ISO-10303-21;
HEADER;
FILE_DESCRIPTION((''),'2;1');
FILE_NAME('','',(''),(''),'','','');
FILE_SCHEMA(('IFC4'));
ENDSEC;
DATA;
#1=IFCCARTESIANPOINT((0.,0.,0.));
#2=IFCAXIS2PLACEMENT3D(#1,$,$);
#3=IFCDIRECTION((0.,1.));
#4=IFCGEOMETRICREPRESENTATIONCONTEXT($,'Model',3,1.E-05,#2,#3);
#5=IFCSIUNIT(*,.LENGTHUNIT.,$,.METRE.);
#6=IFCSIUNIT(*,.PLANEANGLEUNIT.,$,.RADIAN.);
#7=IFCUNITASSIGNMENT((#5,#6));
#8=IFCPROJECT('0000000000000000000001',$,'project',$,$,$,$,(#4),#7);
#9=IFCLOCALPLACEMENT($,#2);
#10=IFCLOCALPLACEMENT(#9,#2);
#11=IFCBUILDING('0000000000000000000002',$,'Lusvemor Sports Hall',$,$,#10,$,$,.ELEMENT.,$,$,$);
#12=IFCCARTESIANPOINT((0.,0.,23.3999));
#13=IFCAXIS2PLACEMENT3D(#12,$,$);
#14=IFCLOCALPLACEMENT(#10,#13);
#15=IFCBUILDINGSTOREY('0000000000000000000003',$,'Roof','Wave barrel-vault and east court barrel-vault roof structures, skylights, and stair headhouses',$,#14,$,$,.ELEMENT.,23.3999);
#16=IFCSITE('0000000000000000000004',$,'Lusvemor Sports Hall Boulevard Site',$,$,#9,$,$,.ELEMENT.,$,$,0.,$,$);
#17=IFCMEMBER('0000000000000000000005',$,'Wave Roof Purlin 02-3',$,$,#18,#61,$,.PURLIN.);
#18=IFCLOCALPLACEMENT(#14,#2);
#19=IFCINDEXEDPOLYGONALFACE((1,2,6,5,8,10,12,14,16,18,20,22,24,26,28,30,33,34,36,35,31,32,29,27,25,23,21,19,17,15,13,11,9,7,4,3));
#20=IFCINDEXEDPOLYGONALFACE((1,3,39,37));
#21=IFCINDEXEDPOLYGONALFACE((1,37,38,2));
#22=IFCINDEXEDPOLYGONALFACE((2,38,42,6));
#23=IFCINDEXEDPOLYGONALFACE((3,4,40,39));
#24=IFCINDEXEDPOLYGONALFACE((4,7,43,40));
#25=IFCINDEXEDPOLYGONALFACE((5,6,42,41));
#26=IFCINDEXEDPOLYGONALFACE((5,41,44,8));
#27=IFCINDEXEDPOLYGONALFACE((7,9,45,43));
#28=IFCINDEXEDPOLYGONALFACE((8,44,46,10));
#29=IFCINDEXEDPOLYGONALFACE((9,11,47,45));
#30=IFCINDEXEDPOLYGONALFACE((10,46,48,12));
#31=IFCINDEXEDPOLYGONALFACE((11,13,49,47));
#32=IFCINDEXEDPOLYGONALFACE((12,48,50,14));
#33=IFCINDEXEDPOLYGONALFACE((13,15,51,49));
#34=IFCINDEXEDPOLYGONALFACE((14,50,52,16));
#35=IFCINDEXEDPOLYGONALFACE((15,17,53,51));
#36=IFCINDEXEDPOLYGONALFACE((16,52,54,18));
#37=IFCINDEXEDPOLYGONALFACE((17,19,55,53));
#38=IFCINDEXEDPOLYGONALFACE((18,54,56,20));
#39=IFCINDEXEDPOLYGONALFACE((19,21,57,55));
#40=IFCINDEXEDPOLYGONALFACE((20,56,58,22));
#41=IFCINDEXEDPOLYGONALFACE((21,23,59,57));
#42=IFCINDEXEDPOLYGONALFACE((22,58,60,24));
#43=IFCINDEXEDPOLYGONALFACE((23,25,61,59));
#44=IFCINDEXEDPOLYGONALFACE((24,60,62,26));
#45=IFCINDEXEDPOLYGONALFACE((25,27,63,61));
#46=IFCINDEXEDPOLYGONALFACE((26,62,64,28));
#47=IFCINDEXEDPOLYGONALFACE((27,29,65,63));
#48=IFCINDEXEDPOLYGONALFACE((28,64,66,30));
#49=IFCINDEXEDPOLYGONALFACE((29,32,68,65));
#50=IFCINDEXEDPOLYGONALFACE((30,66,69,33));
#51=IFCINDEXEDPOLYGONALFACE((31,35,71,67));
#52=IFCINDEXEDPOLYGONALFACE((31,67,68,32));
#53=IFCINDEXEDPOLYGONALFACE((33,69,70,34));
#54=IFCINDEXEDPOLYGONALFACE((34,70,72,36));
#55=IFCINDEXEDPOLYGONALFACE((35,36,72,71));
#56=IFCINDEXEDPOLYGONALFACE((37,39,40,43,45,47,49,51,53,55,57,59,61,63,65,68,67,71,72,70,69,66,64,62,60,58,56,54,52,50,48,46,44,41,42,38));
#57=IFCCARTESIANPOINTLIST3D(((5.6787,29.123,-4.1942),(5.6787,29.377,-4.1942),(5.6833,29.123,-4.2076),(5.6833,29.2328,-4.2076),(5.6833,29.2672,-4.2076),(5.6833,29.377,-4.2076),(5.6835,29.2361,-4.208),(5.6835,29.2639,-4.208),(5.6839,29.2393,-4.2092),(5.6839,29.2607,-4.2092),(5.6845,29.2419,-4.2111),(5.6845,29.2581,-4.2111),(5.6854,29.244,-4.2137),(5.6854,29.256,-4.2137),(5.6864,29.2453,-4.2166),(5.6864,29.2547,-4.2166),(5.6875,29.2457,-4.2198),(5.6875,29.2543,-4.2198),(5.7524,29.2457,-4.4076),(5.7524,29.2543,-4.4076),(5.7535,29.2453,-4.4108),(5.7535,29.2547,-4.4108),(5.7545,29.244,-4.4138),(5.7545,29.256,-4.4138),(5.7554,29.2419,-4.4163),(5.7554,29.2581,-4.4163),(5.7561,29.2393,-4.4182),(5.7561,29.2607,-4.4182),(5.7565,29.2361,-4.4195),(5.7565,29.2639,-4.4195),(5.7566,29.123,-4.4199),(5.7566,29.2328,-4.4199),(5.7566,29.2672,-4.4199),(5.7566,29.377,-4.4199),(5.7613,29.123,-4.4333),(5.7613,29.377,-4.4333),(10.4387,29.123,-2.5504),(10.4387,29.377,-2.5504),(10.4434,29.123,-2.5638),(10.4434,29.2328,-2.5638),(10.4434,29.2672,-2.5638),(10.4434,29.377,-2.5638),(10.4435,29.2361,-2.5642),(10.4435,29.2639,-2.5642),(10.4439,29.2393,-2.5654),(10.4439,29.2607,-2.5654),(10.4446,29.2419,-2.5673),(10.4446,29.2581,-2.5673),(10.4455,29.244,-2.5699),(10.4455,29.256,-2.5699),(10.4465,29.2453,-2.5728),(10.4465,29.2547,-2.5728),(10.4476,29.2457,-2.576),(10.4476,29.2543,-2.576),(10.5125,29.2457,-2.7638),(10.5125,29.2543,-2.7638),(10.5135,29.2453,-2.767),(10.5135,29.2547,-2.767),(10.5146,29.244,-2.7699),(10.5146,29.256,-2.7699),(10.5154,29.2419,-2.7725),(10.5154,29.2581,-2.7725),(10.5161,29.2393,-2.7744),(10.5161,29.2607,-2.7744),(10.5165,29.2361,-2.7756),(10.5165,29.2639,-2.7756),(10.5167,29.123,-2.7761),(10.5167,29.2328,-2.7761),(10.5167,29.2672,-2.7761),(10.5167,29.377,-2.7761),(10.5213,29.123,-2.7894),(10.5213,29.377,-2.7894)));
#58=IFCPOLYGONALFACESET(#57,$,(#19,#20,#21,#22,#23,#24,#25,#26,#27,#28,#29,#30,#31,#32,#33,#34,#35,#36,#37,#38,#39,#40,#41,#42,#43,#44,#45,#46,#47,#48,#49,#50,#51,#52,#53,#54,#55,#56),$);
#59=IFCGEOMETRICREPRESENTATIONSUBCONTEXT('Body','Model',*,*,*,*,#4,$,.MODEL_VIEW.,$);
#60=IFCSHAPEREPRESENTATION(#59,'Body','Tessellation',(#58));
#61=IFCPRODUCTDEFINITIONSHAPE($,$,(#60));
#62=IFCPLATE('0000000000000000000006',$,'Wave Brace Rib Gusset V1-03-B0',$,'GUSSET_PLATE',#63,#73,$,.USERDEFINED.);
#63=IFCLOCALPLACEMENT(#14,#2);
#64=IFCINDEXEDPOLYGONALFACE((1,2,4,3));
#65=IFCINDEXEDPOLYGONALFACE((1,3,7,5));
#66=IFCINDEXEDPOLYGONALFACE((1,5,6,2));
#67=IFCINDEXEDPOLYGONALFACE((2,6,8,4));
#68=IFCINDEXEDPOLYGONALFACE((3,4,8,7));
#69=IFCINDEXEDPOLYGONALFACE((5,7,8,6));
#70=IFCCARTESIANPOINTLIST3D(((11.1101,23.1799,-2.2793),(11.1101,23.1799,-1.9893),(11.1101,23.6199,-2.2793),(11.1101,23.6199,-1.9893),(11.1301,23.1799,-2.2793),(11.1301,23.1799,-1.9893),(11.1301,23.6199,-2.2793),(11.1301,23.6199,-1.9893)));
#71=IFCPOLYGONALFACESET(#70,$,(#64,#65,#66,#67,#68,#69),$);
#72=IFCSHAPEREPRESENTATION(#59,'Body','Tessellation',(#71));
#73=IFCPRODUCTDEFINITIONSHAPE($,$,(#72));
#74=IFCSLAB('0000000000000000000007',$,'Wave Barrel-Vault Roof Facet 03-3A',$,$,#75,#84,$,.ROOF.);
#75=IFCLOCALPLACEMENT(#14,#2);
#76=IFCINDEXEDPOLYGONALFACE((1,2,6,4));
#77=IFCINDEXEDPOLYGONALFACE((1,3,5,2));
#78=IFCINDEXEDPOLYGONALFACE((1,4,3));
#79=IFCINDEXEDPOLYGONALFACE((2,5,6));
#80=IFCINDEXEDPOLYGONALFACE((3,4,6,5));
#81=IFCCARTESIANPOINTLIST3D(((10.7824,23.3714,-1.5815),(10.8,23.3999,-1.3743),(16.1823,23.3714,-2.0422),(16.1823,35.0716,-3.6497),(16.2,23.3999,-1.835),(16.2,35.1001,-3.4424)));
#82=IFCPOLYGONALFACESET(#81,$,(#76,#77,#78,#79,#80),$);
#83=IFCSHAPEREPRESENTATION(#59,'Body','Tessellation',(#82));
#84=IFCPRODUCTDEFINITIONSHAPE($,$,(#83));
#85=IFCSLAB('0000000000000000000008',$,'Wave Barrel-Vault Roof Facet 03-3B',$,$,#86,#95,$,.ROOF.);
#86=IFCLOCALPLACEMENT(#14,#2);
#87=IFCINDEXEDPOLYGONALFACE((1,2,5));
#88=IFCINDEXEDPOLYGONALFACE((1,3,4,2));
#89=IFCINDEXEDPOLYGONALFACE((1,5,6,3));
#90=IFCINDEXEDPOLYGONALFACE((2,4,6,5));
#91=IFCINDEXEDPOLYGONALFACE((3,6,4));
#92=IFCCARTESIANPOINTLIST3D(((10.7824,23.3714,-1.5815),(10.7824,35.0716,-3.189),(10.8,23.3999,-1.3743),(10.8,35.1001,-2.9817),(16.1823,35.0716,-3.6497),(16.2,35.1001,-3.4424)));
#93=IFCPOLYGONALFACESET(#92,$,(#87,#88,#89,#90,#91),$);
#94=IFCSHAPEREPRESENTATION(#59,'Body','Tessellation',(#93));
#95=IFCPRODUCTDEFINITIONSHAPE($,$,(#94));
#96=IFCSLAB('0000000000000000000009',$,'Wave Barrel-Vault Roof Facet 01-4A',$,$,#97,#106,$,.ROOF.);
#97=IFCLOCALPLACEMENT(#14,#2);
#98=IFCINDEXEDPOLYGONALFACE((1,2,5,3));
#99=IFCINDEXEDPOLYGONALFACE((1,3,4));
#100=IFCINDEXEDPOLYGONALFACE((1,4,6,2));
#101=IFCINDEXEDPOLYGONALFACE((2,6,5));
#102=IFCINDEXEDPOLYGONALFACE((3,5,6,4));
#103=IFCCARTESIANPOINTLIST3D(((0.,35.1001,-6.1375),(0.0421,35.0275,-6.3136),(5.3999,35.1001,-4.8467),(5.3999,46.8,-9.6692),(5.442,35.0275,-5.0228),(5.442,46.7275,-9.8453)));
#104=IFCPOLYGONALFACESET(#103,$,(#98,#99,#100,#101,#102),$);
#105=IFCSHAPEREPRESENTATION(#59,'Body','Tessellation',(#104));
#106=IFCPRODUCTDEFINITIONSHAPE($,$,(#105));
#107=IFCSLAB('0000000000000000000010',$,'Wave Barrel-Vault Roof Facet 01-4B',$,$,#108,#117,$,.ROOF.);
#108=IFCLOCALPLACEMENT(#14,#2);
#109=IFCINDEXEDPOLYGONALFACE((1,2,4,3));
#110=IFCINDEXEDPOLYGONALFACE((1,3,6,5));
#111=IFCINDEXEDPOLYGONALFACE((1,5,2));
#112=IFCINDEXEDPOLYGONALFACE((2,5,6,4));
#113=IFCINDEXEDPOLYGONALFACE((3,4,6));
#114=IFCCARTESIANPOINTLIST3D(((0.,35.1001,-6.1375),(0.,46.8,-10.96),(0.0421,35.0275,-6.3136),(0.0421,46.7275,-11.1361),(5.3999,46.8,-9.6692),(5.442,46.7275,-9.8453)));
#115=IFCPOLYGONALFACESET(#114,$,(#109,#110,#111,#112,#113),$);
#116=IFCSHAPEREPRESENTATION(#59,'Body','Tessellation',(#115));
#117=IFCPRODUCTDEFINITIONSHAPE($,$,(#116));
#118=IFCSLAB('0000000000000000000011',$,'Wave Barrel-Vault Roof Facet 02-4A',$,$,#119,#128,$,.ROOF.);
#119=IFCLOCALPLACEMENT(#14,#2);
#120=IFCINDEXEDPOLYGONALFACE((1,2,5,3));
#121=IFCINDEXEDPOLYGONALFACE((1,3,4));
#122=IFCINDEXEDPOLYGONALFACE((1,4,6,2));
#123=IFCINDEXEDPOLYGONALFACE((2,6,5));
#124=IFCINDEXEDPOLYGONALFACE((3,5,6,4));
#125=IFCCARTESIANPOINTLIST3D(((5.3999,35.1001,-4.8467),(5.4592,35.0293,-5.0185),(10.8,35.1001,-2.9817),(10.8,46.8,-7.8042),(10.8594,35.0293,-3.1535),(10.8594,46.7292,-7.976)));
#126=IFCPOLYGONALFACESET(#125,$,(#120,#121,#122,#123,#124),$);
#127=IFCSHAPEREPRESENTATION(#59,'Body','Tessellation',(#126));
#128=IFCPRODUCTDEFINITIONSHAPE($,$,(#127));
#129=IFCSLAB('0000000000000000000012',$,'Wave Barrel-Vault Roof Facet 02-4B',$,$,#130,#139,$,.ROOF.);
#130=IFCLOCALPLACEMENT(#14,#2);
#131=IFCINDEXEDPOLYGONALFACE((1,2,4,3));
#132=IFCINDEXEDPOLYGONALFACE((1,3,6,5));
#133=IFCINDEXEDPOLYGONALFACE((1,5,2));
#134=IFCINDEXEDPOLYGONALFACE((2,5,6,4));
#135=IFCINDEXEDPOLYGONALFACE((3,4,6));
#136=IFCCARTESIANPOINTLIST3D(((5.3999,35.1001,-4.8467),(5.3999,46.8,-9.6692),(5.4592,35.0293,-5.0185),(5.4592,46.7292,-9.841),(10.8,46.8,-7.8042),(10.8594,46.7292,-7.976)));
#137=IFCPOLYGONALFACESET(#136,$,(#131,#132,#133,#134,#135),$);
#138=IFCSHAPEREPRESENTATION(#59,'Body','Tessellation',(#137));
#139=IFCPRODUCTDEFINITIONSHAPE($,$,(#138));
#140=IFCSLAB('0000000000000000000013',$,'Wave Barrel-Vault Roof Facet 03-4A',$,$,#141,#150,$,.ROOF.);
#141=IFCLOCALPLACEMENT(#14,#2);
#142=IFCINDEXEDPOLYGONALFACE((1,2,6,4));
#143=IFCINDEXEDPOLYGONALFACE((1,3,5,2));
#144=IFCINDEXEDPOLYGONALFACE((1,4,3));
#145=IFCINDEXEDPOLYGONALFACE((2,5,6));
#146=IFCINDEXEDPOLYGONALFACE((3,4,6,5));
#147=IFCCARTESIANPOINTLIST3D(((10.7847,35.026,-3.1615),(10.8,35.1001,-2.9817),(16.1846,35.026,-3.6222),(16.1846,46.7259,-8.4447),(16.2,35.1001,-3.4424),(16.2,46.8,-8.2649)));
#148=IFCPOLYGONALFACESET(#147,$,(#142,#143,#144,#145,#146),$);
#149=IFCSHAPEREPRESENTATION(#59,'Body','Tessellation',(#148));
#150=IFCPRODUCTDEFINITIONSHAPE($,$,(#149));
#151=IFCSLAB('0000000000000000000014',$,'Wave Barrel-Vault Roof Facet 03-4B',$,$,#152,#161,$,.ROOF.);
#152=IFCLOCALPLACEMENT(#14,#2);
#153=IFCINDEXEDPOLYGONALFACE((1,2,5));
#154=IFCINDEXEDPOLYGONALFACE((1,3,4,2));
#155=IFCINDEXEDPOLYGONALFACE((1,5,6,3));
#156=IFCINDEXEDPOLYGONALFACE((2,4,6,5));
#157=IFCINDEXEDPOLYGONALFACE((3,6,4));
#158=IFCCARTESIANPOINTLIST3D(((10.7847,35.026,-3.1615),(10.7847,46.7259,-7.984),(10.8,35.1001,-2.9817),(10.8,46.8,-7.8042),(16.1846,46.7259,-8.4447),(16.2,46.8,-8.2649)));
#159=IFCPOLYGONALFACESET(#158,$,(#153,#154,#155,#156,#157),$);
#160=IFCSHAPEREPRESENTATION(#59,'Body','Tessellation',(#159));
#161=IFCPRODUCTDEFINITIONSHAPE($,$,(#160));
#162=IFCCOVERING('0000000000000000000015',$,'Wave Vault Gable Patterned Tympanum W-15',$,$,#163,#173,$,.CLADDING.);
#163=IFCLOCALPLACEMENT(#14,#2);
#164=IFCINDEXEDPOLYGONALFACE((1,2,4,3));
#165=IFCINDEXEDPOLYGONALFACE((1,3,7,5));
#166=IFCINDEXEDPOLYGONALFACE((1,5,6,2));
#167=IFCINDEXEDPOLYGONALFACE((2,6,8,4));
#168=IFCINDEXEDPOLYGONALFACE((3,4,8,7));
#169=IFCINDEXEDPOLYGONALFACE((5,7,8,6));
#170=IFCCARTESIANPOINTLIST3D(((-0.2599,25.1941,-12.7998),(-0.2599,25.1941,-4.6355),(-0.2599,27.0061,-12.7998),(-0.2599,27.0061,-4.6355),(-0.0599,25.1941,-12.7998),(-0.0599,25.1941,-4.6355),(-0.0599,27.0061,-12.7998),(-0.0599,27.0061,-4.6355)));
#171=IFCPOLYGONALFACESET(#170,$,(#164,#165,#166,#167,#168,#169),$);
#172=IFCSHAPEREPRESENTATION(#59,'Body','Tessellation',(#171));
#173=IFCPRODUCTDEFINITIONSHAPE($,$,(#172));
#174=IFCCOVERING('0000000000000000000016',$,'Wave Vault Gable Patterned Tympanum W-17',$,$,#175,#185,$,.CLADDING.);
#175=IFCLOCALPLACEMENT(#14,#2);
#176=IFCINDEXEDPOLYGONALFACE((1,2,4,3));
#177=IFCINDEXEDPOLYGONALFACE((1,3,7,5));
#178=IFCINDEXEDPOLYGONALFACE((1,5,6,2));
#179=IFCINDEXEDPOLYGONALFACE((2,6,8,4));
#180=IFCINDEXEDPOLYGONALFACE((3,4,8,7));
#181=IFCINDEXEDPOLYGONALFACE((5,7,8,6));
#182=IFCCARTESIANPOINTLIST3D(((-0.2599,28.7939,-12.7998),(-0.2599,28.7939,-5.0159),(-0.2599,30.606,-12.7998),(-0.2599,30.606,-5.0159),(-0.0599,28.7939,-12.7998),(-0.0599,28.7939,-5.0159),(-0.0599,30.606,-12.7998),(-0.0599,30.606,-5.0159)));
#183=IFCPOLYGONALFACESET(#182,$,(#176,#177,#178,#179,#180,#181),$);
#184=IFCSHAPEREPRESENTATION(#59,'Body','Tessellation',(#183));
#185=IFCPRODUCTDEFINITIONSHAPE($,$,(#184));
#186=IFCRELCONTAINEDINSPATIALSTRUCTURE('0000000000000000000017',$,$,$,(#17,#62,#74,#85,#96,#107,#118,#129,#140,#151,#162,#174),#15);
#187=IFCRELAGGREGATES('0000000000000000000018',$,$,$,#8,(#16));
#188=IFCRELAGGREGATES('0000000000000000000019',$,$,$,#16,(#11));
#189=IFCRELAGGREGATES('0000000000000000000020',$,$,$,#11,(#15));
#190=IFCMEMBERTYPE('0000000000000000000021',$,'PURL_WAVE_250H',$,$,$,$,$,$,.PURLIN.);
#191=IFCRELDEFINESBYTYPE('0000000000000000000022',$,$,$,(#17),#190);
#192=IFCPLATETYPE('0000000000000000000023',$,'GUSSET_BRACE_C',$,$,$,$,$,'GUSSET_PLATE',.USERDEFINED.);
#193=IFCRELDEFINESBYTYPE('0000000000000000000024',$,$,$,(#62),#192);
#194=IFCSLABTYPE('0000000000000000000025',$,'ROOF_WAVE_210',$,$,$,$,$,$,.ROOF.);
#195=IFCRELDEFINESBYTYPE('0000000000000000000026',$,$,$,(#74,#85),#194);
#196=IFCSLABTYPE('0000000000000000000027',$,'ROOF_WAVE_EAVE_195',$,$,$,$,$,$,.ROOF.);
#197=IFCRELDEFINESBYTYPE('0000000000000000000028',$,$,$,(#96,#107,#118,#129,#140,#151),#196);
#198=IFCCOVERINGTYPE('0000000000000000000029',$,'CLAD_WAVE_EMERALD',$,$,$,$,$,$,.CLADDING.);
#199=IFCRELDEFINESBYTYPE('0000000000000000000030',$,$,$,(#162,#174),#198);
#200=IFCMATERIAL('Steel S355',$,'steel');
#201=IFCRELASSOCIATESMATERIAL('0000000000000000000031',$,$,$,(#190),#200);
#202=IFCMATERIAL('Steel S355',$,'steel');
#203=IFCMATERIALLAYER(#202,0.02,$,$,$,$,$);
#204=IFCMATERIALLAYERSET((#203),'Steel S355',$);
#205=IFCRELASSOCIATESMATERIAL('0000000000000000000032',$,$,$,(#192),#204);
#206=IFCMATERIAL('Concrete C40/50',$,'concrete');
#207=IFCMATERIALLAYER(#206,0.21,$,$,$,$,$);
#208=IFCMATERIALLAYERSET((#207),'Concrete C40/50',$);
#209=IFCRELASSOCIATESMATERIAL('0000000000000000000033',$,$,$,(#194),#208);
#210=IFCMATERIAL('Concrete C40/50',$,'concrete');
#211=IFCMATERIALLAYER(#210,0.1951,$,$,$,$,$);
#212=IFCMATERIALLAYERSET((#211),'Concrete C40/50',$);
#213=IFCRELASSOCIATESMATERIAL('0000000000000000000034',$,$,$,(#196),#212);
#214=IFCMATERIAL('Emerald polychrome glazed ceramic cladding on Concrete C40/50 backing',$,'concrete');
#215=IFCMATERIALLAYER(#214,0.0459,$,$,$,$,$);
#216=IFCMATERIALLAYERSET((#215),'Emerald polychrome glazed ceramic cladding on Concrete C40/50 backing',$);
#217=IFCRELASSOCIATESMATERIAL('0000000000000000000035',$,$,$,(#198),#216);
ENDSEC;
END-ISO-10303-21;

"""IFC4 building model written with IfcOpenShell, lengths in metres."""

from ifc_helpers import new_model, si_unit, direction, frame, origin, origin_2d, place, context, subcontext, project, spatial, polyline, rectangle, i_section, outline, extrude, material, layer, layer_set, material_profile, profile_set, type_object, element, save


model = new_model("IFC4")

# Units and contexts
model_context = context("Model", 3, precision=1e-05, world=origin(), true_north=direction((0.0, 1.0)))
body_context = subcontext(model_context, "Body", "Model", "MODEL_VIEW")
ifc_project = project(units=[si_unit("LENGTHUNIT", "METRE"), si_unit("PLANEANGLEUNIT", "RADIAN")], contexts=[model_context])

# Site, building, storey
site_placement = place(None, origin())
site = spatial("IfcSite", under=ifc_project, at=site_placement, Name="Lusvemor Sports Hall Boulevard Site", CompositionType="ELEMENT", RefElevation=0.0)
building_placement = place(site_placement, origin())
building = spatial("IfcBuilding", under=site, at=building_placement, Name="Lusvemor Sports Hall", CompositionType="ELEMENT")
storey_placement = place(building_placement, frame((0.0, 0.0, 23.3999)))
storey = spatial("IfcBuildingStorey", under=building, at=storey_placement, Name="Roof", Description="Wave barrel-vault and east court barrel-vault roof structures, skylights, and stair headhouses", CompositionType="ELEMENT", Elevation=23.3999)

# Member
ifc_material_1 = material(Name="Steel S355", Category="steel")
ifc_material_profile_1 = material_profile(ifc_material_1, i_section(OverallWidth=0.2539, OverallDepth=0.2529, WebThickness=0.0085, FlangeThickness=0.0142, FilletRadius=0.0129, at=origin_2d()), Name="W250x73.0")
ifc_profile_set_1 = profile_set([ifc_material_profile_1], Name="Steel S355")
member_type_1 = type_object("IfcMemberType", Name="PURL_WAVE_250H", PredefinedType="PURLIN", material=ifc_profile_set_1)
member_1_placement = place(storey_placement, frame((5.72, 29.25, -4.3137), z_axis=(0.945225, 0.0, 0.326419), x_axis=(0.0, 1.0, 0.0)))
element("IfcMember", 1, at=member_1_placement, inside=storey, type_object=member_type_1, Name="Wave Roof Purlin 02-3", PredefinedType="PURLIN", context=body_context, shape_type="SweptSolid", body=[
    extrude(i_section(OverallWidth=0.2539, OverallDepth=0.2529, WebThickness=0.0085, FlangeThickness=0.0142, FilletRadius=0.0129, at=origin_2d()), origin(), (0.0, 0.0, 1.0), 5.0359),
])

# Plate
ifc_material_2 = material(Name="Steel S355", Category="steel")
ifc_layer_1 = layer(ifc_material_2, 0.02)
ifc_layer_set_1 = layer_set([ifc_layer_1], Name="Steel S355")
plate_type = type_object("IfcPlateType", Name="GUSSET_BRACE_C", ElementType="GUSSET_PLATE", PredefinedType="USERDEFINED", material=ifc_layer_set_1)
plate_placement = place(storey_placement, frame((11.1201, 23.3999, -2.2793), z_axis=(0.0, 0.0, 1.0), x_axis=(1.0, 0.0, 0.0)))
element("IfcPlate", 2, at=plate_placement, inside=storey, type_object=plate_type, Name="Wave Brace Rib Gusset V1-03-B0", ObjectType="GUSSET_PLATE", PredefinedType="USERDEFINED", context=body_context, shape_type="SweptSolid", body=[
    extrude(rectangle(XDim=0.02, YDim=0.4399, at=origin_2d()), origin(), (0.0, 0.0, 1.0), 0.29),
])

# Slabs
ifc_material_3 = material(Name="Concrete C40/50", Category="concrete")
ifc_layer_2 = layer(ifc_material_3, 0.21)
ifc_layer_set_2 = layer_set([ifc_layer_2], Name="Concrete C40/50")
slab_type_1 = type_object("IfcSlabType", Name="ROOF_WAVE_210", PredefinedType="ROOF", material=ifc_layer_set_2)
slab_1_placement = place(storey_placement, frame((10.8, 23.3999, -1.3743), z_axis=(0.084221, 0.135622, 0.987174), x_axis=(0.99638, 0.0, -0.085006)))
element("IfcSlab", 3, at=slab_1_placement, inside=storey, type_object=slab_type_1, Name="Wave Barrel-Vault Roof Facet 03-3A", PredefinedType="ROOF", context=body_context, shape_type="SweptSolid", body=[
    extrude(outline(polyline([(0.0, 0.0), (5.4195, 0.0), (5.5562, 11.8093), (0.0, 0.0)])), origin(), (0.0, 0.0, -1.0), 0.21),
])
slab_2_placement = place(storey_placement, frame((10.8, 23.3999, -1.3743), z_axis=(0.084221, 0.135622, 0.987174), x_axis=(0.413751, 0.896493, -0.158463)))
element("IfcSlab", 4, at=slab_2_placement, inside=storey, type_object=slab_type_1, Name="Wave Barrel-Vault Roof Facet 03-3B", PredefinedType="ROOF", context=body_context, shape_type="SweptSolid", body=[
    extrude(outline(polyline([(0.0, 0.0), (13.0511, 0.0), (10.7439, 4.9039), (0.0, 0.0)])), origin(), (0.0, 0.0, -1.0), 0.21),
])
ifc_material_4 = material(Name="Concrete C40/50", Category="concrete")
ifc_layer_3 = layer(ifc_material_4, 0.1951)
ifc_layer_set_3 = layer_set([ifc_layer_3], Name="Concrete C40/50")
slab_type_2 = type_object("IfcSlabType", Name="ROOF_WAVE_EAVE_195", PredefinedType="ROOF", material=ifc_layer_set_3)
slab_3_placement = place(storey_placement, frame((0.0, 35.1001, -6.1375), z_axis=(-0.215792, 0.372101, 0.902759), x_axis=(0.9726, 0.0, 0.232486)))
element("IfcSlab", 5, at=slab_3_placement, inside=storey, type_object=slab_type_2, Name="Wave Barrel-Vault Roof Facet 01-4A", PredefinedType="ROOF", context=body_context, shape_type="SweptSolid", body=[
    extrude(outline(polyline([(0.0, 0.0), (5.552, 0.0), (4.4309, 12.6051), (0.0, 0.0)])), origin(), (0.0, 0.0, -1.0), 0.1951),
])
slab_4_placement = place(storey_placement, frame((0.0, 35.1001, -6.1375), z_axis=(-0.215792, 0.372101, 0.902759), x_axis=(0.404149, 0.875668, -0.264328)))
element("IfcSlab", 6, at=slab_4_placement, inside=storey, type_object=slab_type_2, Name="Wave Barrel-Vault Roof Facet 01-4B", PredefinedType="ROOF", context=body_context, shape_type="SweptSolid", body=[
    extrude(outline(polyline([(0.0, 0.0), (13.3612, 0.0), (11.52, 5.2379), (0.0, 0.0)])), origin(), (0.0, 0.0, -1.0), 0.1951),
])
slab_5_placement = place(storey_placement, frame((5.3999, 35.1001, -4.8467), z_axis=(-0.30417, 0.363023, 0.880735), x_axis=(0.945218, 0.0, 0.32644)))
element("IfcSlab", 7, at=slab_5_placement, inside=storey, type_object=slab_type_2, Name="Wave Barrel-Vault Roof Facet 02-4A", PredefinedType="ROOF", context=body_context, shape_type="SweptSolid", body=[
    extrude(outline(polyline([(0.0, 0.0), (5.7131, 0.0), (4.1389, 12.5566), (0.0, 0.0)])), origin(), (0.0, 0.0, -1.0), 0.1951),
])
slab_6_placement = place(storey_placement, frame((5.3999, 35.1001, -4.8467), z_axis=(-0.30417, 0.363023, 0.880735), x_axis=(0.408449, 0.884946, -0.223697)))
element("IfcSlab", 8, at=slab_6_placement, inside=storey, type_object=slab_type_2, Name="Wave Barrel-Vault Roof Facet 02-4B", PredefinedType="ROOF", context=body_context, shape_type="SweptSolid", body=[
    extrude(outline(polyline([(0.0, 0.0), (13.2211, 0.0), (11.4326, 5.426), (0.0, 0.0)])), origin(), (0.0, 0.0, -1.0), 0.1951),
])
slab_7_placement = place(storey_placement, frame((10.8, 35.1001, -2.9817), z_axis=(0.078633, 0.3799, 0.921679), x_axis=(0.99638, 0.0, -0.085006)))
element("IfcSlab", 9, at=slab_7_placement, inside=storey, type_object=slab_type_2, Name="Wave Barrel-Vault Roof Facet 03-4A", PredefinedType="ROOF", context=body_context, shape_type="SweptSolid", body=[
    extrude(outline(polyline([(0.0, 0.0), (5.4195, 0.0), (5.8295, 12.6482), (0.0, 0.0)])), origin(), (0.0, 0.0, -1.0), 0.1951),
])
slab_8_placement = place(storey_placement, frame((10.8, 35.1001, -2.9817), z_axis=(0.078633, 0.3799, 0.921679), x_axis=(0.38773, 0.840094, -0.379351)))
element("IfcSlab", 10, at=slab_8_placement, inside=storey, type_object=slab_type_2, Name="Wave Barrel-Vault Roof Facet 03-4B", PredefinedType="ROOF", context=body_context, shape_type="SweptSolid", body=[
    extrude(outline(polyline([(0.0, 0.0), (13.927, 0.0), (11.6585, 4.9219), (0.0, 0.0)])), origin(), (0.0, 0.0, -1.0), 0.1951),
])

# Coverings
ifc_material_5 = material(Name="Emerald polychrome glazed ceramic cladding on Concrete C40/50 backing", Category="concrete")
ifc_layer_4 = layer(ifc_material_5, 0.0459)
ifc_layer_set_4 = layer_set([ifc_layer_4], Name="Emerald polychrome glazed ceramic cladding on Concrete C40/50 backing")
covering_type_1 = type_object("IfcCoveringType", Name="CLAD_WAVE_EMERALD", PredefinedType="CLADDING", material=ifc_layer_set_4)
covering_1_placement = place(storey_placement, frame((-0.1599, 26.1001, -12.7998), z_axis=(0.0, 0.0, 1.0), x_axis=(1.0, 0.0, 0.0)))
element("IfcCovering", 11, at=covering_1_placement, inside=storey, type_object=covering_type_1, Name="Wave Vault Gable Patterned Tympanum W-15", PredefinedType="CLADDING", context=body_context, shape_type="SweptSolid", body=[
    extrude(rectangle(XDim=0.2, YDim=1.812, at=origin_2d()), origin(), (0.0, 0.0, 1.0), 8.1643),
])
covering_2_placement = place(storey_placement, frame((-0.1599, 29.7, -12.7998), z_axis=(0.0, 0.0, 1.0), x_axis=(1.0, 0.0, 0.0)))
element("IfcCovering", 12, at=covering_2_placement, inside=storey, type_object=covering_type_1, Name="Wave Vault Gable Patterned Tympanum W-17", PredefinedType="CLADDING", context=body_context, shape_type="SweptSolid", body=[
    extrude(rectangle(XDim=0.2, YDim=1.812, at=origin_2d()), origin(), (0.0, 0.0, 1.0), 7.7839),
])

save(model, "model.ifc")
